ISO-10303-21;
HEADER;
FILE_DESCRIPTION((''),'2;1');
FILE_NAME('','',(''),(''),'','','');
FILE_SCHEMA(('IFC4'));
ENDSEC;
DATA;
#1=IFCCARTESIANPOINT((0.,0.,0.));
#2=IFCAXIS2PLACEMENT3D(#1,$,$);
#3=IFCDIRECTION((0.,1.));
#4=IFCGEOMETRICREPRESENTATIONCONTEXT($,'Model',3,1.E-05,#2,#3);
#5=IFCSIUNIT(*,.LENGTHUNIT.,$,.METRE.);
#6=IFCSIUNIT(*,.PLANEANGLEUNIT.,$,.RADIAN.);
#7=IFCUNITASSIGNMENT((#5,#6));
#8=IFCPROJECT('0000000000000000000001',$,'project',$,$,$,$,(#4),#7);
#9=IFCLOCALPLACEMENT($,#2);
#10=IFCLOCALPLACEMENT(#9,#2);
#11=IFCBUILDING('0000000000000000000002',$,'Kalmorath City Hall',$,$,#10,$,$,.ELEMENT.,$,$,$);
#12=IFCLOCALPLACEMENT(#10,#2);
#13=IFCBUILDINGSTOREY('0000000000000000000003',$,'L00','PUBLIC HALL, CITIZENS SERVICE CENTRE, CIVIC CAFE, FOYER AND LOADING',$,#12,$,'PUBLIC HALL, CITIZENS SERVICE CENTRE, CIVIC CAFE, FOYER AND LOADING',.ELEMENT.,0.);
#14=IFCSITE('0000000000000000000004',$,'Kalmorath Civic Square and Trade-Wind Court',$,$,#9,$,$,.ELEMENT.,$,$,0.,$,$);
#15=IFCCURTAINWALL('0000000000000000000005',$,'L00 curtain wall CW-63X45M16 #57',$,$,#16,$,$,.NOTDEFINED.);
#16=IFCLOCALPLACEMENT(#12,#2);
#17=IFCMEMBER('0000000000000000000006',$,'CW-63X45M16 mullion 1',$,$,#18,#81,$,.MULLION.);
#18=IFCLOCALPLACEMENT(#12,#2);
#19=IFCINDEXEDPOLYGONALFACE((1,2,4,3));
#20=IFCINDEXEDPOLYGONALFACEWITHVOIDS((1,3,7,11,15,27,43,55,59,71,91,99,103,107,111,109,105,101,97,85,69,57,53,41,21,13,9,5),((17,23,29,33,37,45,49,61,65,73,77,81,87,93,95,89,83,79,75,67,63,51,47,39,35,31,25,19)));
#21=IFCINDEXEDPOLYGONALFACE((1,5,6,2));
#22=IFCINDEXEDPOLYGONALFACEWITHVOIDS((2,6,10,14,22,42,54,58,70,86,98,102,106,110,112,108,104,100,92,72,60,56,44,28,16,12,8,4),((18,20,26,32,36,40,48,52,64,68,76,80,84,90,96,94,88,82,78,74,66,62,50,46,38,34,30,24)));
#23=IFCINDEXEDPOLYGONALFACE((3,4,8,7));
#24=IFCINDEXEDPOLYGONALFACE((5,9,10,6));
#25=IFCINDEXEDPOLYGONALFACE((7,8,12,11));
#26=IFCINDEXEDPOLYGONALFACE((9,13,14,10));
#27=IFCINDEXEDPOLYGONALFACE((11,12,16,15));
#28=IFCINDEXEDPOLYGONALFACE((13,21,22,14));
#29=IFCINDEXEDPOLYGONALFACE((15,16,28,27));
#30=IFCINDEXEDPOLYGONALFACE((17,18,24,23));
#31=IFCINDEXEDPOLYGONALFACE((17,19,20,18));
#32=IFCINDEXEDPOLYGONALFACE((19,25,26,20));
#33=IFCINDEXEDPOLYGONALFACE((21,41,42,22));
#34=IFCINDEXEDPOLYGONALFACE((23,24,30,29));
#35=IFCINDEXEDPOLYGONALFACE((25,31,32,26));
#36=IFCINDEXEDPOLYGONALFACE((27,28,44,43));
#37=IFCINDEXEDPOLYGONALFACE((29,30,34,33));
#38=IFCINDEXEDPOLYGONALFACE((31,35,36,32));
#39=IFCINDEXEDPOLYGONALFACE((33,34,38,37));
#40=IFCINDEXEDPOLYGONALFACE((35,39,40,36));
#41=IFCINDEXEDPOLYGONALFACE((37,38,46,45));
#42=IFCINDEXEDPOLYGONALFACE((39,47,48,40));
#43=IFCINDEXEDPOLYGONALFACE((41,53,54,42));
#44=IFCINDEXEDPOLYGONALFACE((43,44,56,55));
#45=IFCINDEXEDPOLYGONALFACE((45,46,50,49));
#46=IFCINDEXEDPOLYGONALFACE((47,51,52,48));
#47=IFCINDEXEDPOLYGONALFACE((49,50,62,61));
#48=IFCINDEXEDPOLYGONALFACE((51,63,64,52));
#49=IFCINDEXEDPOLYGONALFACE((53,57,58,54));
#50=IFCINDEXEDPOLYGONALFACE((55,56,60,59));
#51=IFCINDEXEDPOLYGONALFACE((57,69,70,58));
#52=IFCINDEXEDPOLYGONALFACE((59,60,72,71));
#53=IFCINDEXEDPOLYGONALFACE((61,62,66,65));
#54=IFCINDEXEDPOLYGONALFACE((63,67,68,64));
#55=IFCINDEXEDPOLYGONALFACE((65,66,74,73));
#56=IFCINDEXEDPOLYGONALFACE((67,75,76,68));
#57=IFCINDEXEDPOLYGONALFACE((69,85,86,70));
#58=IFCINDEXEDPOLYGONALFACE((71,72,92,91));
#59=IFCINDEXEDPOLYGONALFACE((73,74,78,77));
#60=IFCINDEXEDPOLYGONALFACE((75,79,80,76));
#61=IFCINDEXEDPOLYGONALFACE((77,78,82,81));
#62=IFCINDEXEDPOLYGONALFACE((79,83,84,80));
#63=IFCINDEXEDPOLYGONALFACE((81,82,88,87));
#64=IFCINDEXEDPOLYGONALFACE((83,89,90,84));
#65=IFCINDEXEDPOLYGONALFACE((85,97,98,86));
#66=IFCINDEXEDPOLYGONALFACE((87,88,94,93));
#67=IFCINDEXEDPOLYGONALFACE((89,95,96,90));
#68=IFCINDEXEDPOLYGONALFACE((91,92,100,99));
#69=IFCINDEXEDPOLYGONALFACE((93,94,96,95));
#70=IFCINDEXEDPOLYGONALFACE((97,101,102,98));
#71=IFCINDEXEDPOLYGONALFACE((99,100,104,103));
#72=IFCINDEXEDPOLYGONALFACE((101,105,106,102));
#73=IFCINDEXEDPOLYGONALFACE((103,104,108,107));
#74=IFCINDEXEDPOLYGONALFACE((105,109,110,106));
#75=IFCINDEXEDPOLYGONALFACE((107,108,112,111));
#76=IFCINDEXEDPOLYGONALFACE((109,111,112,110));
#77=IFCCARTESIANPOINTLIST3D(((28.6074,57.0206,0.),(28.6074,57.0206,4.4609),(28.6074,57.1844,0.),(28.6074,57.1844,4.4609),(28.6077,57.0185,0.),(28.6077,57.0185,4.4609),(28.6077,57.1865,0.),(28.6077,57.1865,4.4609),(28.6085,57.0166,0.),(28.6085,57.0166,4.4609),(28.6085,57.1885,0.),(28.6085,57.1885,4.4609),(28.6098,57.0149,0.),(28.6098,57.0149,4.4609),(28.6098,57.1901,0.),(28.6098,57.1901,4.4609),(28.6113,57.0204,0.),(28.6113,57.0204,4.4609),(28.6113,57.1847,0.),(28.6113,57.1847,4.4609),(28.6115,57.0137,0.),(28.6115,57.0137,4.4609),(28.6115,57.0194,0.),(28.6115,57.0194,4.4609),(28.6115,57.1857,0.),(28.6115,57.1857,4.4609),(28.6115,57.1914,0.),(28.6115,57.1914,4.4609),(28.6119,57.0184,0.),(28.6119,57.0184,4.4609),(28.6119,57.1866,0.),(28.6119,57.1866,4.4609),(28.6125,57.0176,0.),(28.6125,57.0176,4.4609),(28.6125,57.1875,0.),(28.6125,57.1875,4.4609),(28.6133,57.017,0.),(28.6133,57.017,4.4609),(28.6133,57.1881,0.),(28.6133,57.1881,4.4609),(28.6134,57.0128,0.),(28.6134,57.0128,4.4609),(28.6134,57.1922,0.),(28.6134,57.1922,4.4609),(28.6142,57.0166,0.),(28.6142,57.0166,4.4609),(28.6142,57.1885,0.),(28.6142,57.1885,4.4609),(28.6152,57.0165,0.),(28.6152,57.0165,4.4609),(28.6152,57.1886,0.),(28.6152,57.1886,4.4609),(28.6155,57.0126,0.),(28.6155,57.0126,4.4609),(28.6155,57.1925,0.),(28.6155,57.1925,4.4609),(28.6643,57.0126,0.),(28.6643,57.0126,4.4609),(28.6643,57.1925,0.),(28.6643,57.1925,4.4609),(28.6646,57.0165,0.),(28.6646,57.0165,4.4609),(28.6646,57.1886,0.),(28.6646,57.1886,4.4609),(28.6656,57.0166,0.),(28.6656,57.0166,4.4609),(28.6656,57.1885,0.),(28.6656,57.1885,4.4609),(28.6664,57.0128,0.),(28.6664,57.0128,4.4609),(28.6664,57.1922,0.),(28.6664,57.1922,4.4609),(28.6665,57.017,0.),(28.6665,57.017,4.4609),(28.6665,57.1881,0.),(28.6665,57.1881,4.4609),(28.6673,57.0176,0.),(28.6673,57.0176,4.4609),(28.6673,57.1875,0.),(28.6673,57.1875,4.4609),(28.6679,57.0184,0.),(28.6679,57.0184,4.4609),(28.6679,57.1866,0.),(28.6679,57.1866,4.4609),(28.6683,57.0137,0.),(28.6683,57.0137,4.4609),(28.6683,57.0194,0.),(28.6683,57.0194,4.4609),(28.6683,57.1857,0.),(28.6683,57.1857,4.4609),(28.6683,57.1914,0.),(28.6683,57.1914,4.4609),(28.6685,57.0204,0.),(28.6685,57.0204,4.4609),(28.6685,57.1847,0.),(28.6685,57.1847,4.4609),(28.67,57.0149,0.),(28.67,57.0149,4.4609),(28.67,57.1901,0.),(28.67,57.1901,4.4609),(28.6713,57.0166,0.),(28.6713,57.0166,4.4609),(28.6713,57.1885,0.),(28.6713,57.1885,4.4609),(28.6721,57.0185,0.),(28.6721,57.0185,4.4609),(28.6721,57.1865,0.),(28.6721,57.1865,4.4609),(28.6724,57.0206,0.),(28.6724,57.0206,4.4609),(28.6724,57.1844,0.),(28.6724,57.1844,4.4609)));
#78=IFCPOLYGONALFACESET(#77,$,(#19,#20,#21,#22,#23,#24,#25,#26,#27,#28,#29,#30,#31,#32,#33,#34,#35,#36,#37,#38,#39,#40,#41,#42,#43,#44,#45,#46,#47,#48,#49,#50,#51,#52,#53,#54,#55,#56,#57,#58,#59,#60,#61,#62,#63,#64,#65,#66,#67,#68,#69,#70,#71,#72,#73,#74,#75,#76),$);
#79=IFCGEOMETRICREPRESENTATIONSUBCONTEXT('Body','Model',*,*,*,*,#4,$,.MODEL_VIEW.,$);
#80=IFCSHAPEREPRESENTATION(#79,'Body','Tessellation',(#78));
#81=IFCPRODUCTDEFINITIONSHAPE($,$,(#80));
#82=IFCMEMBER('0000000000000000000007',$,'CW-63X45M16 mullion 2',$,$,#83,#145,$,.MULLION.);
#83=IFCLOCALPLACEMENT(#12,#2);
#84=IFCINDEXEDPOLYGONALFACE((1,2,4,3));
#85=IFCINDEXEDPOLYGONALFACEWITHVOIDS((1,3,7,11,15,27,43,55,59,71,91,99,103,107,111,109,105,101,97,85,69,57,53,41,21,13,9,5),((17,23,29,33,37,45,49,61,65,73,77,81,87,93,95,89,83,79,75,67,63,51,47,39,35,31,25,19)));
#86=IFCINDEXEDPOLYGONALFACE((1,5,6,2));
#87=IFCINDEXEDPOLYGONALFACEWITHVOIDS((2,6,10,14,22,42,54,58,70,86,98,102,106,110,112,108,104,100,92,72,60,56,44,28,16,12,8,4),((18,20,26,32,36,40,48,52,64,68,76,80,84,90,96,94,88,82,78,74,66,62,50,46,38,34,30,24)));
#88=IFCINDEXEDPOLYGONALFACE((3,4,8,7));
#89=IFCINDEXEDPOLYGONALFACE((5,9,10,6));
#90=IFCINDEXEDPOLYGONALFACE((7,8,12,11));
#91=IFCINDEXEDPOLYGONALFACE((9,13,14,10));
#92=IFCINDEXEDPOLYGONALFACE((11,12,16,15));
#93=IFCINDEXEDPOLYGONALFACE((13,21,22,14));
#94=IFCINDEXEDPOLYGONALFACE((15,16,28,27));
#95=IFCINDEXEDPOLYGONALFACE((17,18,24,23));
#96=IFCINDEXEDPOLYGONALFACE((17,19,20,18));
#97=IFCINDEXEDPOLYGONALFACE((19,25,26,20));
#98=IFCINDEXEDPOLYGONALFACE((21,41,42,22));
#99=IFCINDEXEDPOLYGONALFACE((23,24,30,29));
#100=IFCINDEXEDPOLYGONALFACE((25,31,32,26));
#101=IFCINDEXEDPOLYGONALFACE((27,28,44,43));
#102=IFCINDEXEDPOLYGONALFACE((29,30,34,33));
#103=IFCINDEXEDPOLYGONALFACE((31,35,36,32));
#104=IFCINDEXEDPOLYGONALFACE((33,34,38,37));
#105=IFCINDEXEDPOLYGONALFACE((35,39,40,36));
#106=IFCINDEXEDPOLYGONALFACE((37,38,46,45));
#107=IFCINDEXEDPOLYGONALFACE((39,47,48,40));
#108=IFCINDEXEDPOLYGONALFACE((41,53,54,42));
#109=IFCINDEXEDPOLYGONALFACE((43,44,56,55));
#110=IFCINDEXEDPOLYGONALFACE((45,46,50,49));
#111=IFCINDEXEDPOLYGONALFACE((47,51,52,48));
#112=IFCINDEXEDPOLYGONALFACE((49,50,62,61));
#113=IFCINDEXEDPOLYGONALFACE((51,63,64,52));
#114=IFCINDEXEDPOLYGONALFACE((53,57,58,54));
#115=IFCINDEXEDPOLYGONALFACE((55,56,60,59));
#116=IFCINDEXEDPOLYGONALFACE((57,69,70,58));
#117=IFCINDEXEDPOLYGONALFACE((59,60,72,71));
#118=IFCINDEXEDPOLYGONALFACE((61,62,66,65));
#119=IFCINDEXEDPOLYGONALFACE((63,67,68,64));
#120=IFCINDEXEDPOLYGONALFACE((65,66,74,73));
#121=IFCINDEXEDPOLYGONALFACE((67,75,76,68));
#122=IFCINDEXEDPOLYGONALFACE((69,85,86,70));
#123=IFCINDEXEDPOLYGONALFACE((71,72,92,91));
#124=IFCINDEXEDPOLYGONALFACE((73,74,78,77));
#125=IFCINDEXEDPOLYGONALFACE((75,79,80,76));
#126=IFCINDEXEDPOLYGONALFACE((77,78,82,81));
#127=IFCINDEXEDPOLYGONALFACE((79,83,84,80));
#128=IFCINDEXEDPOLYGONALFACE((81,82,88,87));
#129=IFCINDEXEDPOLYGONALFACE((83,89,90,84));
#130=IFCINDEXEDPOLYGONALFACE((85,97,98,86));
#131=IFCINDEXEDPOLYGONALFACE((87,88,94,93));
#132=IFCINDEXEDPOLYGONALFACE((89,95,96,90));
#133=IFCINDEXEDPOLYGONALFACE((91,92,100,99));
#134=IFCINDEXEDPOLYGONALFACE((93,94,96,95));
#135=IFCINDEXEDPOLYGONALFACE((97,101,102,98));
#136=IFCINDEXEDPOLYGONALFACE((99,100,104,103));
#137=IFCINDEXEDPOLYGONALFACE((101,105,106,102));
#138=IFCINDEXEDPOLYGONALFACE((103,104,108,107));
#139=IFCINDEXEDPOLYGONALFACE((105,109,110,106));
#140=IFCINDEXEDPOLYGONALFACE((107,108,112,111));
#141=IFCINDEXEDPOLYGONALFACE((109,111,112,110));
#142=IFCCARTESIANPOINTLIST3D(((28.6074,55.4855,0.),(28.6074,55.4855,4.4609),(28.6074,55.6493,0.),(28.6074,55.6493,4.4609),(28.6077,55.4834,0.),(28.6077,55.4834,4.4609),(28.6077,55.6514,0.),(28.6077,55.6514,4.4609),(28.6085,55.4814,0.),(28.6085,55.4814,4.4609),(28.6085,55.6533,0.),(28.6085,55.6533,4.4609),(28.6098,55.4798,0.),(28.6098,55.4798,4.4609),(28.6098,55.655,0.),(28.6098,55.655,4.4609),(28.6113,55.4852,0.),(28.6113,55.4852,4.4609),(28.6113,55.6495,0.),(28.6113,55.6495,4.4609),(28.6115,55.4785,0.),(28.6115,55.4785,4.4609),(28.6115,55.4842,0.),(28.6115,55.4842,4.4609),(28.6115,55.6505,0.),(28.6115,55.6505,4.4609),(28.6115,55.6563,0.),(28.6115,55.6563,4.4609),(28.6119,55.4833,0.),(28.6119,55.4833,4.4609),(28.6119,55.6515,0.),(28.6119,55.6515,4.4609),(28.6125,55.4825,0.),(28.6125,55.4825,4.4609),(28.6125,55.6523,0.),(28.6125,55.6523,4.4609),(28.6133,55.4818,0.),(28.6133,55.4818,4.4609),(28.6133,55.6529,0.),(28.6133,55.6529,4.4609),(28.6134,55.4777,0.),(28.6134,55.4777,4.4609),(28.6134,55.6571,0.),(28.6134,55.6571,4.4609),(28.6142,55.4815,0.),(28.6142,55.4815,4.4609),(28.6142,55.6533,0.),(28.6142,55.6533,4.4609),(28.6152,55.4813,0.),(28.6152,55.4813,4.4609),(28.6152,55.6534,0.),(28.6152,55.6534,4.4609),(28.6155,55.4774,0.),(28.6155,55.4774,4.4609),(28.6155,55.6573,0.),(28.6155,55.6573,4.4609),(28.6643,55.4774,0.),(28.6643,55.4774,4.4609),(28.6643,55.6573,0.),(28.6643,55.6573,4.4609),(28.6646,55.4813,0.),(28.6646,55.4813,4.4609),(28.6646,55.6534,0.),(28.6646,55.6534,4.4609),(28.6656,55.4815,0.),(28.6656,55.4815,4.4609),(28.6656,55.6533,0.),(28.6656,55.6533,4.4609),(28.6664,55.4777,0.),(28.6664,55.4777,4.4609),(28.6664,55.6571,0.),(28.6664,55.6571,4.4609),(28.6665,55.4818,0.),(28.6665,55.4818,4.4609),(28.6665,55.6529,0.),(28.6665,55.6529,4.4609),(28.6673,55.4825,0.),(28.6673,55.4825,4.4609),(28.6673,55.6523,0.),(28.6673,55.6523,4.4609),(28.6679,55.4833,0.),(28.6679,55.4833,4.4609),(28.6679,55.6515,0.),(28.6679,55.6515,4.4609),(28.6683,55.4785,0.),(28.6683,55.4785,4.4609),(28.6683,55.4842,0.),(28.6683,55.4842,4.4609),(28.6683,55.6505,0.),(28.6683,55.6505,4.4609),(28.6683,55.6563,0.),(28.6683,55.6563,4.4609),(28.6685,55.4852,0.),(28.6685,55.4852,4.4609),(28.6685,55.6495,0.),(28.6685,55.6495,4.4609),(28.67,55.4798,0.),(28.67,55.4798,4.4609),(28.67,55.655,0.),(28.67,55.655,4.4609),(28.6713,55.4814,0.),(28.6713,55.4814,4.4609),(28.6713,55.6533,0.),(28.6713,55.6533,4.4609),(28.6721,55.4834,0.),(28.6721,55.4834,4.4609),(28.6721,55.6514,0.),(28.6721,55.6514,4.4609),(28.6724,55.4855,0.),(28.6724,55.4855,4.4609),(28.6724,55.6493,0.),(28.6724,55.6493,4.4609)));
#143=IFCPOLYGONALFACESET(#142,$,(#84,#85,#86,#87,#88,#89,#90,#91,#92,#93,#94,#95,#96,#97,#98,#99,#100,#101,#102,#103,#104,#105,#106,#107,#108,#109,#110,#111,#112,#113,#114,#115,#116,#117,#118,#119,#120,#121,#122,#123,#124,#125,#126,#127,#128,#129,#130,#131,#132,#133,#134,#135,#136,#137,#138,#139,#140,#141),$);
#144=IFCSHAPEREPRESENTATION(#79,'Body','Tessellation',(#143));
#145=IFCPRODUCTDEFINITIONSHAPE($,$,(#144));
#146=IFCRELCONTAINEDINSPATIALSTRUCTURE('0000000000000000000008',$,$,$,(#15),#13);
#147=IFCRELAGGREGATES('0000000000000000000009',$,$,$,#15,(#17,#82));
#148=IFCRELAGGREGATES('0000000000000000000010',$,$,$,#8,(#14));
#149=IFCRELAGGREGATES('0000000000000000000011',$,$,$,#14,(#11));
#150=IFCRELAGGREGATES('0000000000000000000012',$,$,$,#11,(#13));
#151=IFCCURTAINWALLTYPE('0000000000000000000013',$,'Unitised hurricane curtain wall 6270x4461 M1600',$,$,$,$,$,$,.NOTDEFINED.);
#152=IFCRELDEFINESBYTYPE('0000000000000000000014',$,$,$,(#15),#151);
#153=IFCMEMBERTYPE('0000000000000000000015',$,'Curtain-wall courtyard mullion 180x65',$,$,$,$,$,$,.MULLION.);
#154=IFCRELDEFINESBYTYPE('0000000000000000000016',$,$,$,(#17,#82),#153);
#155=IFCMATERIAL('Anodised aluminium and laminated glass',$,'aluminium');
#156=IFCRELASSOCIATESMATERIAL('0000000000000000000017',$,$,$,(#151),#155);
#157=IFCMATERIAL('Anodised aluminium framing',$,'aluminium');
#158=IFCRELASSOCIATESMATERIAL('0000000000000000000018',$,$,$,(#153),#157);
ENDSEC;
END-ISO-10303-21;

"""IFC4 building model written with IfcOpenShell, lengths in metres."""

from ifc_helpers import new_model, si_unit, direction, frame, origin, origin_2d, place, context, subcontext, project, spatial, hollow_rectangle, extrude, material, material_profile, profile_set, type_object, element, aggregate, save


model = new_model("IFC4")

# Units and contexts
model_context = context("Model", 3, precision=1e-05, world=origin(), true_north=direction((0.0, 1.0)))
body_context = subcontext(model_context, "Body", "Model", "MODEL_VIEW")
ifc_project = project(units=[si_unit("LENGTHUNIT", "METRE"), si_unit("PLANEANGLEUNIT", "RADIAN")], contexts=[model_context])

# Site, building, storey
site_placement = place(None, origin())
site = spatial("IfcSite", under=ifc_project, at=site_placement, Name="Kalmorath Civic Square and Trade-Wind Court", CompositionType="ELEMENT", RefElevation=0.0)
building_placement = place(site_placement, origin())
building = spatial("IfcBuilding", under=site, at=building_placement, Name="Kalmorath City Hall", CompositionType="ELEMENT")
storey_placement = place(building_placement, origin())
storey = spatial("IfcBuildingStorey", under=building, at=storey_placement, Name="L00", Description="PUBLIC HALL, CITIZENS SERVICE CENTRE, CIVIC CAFE, FOYER AND LOADING", LongName="PUBLIC HALL, CITIZENS SERVICE CENTRE, CIVIC CAFE, FOYER AND LOADING", CompositionType="ELEMENT", Elevation=0.0)

# Curtain wall, members
ifc_material_1 = material(Name="Anodised aluminium and laminated glass", Category="aluminium")
curtain_wall_type = type_object("IfcCurtainWallType", Name="Unitised hurricane curtain wall 6270x4461 M1600", PredefinedType="NOTDEFINED", material=ifc_material_1)
curtain_wall_placement = place(storey_placement, origin())
curtain_wall = element("IfcCurtainWall", 1, at=curtain_wall_placement, inside=storey, type_object=curtain_wall_type, Name="L00 curtain wall CW-63X45M16 #57", PredefinedType="NOTDEFINED")
ifc_material_2 = material(Name="Anodised aluminium framing", Category="aluminium")
ifc_material_profile_1 = material_profile(ifc_material_2, hollow_rectangle(XDim=0.0649, YDim=0.1799, WallThickness=0.0039, InnerFilletRadius=0.0039, OuterFilletRadius=0.0081, at=origin_2d()), Name="ALU-MUL-180X65X4")
ifc_profile_set_1 = profile_set([ifc_material_profile_1], Name="Anodised aluminium framing")
member_type_1 = type_object("IfcMemberType", Name="Curtain-wall courtyard mullion 180x65", PredefinedType="MULLION", material=ifc_profile_set_1)
member_1_placement = place(storey_placement, frame((28.6399, 57.1025, 0.0), z_axis=(0.0, 0.0, 1.0), x_axis=(1.0, 0.0, 0.0)))
member_1 = element("IfcMember", 2, at=member_1_placement, type_object=member_type_1, Name="CW-63X45M16 mullion 1", PredefinedType="MULLION", context=body_context, shape_type="SweptSolid", body=[
    extrude(hollow_rectangle(XDim=0.0649, YDim=0.1799, WallThickness=0.0039, InnerFilletRadius=0.0039, OuterFilletRadius=0.0081, at=origin_2d()), origin(), (0.0, 0.0, 1.0), 4.4609),
])
member_2_placement = place(storey_placement, frame((28.6399, 55.5674, 0.0), z_axis=(0.0, 0.0, 1.0), x_axis=(1.0, 0.0, 0.0)))
member_2 = element("IfcMember", 3, at=member_2_placement, type_object=member_type_1, Name="CW-63X45M16 mullion 2", PredefinedType="MULLION", context=body_context, shape_type="SweptSolid", body=[
    extrude(hollow_rectangle(XDim=0.0649, YDim=0.1799, WallThickness=0.0039, InnerFilletRadius=0.0039, OuterFilletRadius=0.0081, at=origin_2d()), origin(), (0.0, 0.0, 1.0), 4.4609),
])

aggregate(curtain_wall, [member_1, member_2])

save(model, "model.ifc")
